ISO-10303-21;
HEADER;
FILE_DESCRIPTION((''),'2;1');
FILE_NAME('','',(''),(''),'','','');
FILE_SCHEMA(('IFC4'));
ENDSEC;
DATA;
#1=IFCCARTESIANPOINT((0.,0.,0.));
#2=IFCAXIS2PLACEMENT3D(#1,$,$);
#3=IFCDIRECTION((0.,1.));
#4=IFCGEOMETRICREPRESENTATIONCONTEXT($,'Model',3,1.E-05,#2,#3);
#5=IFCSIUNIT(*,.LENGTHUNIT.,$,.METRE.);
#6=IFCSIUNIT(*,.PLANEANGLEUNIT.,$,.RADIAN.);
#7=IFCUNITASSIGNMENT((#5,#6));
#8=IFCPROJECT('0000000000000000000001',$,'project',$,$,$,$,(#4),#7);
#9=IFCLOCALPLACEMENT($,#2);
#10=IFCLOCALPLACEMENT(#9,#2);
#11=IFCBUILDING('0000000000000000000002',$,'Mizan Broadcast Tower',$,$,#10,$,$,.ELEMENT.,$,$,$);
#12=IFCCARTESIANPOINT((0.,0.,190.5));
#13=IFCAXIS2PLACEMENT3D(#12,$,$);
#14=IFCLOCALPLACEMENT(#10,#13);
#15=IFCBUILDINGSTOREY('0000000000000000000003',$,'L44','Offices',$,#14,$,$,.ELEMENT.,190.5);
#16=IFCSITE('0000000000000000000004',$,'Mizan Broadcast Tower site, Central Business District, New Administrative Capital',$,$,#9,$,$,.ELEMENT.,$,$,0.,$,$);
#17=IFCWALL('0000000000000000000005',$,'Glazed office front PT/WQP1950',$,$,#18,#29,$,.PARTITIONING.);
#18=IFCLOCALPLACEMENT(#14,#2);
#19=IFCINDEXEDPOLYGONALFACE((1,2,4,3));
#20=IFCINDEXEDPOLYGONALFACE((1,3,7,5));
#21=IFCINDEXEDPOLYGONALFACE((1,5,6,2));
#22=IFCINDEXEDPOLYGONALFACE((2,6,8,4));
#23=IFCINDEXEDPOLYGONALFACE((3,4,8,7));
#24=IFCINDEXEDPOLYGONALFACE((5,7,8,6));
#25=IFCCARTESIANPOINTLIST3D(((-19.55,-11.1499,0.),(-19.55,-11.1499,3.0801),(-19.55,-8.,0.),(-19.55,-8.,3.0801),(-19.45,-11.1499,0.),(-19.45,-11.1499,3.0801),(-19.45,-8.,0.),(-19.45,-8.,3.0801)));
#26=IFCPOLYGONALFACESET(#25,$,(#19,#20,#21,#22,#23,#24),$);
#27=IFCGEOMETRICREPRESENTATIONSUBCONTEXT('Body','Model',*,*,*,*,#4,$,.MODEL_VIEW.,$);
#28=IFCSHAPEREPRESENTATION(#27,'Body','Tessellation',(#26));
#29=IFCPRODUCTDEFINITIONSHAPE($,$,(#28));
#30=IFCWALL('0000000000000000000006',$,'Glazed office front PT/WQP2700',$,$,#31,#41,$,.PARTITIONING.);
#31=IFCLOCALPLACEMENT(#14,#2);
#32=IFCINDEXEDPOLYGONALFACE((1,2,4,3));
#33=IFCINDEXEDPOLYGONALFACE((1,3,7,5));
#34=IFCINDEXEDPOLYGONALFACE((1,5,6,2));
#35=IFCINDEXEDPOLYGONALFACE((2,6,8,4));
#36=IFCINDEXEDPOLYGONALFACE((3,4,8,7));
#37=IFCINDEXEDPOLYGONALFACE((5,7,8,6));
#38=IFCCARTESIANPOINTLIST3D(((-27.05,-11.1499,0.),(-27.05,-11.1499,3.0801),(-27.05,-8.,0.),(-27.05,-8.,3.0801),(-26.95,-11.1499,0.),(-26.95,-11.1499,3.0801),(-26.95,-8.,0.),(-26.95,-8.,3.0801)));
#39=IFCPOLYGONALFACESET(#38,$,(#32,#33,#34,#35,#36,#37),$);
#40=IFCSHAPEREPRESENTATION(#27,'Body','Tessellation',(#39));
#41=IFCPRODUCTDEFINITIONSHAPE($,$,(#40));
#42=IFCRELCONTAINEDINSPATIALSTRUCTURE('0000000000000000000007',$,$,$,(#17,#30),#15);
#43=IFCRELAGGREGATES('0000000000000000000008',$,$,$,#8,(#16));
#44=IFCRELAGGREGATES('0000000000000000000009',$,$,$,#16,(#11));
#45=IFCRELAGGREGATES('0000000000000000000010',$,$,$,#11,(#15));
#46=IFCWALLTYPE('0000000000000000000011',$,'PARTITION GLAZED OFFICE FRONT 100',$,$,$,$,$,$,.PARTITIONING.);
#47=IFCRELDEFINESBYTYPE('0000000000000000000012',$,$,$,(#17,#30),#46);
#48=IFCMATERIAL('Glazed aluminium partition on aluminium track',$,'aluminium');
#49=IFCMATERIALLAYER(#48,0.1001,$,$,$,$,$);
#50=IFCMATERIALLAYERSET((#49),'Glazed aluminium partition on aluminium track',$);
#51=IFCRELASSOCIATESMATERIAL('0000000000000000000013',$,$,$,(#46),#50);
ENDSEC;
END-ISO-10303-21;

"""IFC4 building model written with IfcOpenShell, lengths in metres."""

from ifc_helpers import new_model, si_unit, direction, frame, frame_2d, origin, place, context, subcontext, project, spatial, rectangle, extrude, material, layer, layer_set, type_object, element, save


model = new_model("IFC4")

# Units and contexts
model_context = context("Model", 3, precision=1e-05, world=origin(), true_north=direction((0.0, 1.0)))
body_context = subcontext(model_context, "Body", "Model", "MODEL_VIEW")
ifc_project = project(units=[si_unit("LENGTHUNIT", "METRE"), si_unit("PLANEANGLEUNIT", "RADIAN")], contexts=[model_context])

# Site, building, storey
site_placement = place(None, origin())
site = spatial("IfcSite", under=ifc_project, at=site_placement, Name="Mizan Broadcast Tower site, Central Business District, New Administrative Capital", CompositionType="ELEMENT", RefElevation=0.0)
building_placement = place(site_placement, origin())
building = spatial("IfcBuilding", under=site, at=building_placement, Name="Mizan Broadcast Tower", CompositionType="ELEMENT")
storey_placement = place(building_placement, frame((0.0, 0.0, 190.5)))
storey = spatial("IfcBuildingStorey", under=building, at=storey_placement, Name="L44", Description="Offices", CompositionType="ELEMENT", Elevation=190.5)

# Shared definitions
ifc_material_1 = material(Name="Glazed aluminium partition on aluminium track", Category="aluminium")
ifc_layer_1 = layer(ifc_material_1, 0.1001)
ifc_layer_set_1 = layer_set([ifc_layer_1], Name="Glazed aluminium partition on aluminium track")
wall_type_1 = type_object("IfcWallType", Name="PARTITION GLAZED OFFICE FRONT 100", PredefinedType="PARTITIONING", material=ifc_layer_set_1)

# Walls
for number, where, z_axis, x_axis, name in (
    (1, (-19.5, -8.0, 0.0), (0.0, 0.0, 1.0), (0.0, -1.0, 0.0), "Glazed office front PT/WQP1950"),
    (2, (-27.0, -8.0, 0.0), (0.0, 0.0, 1.0), (0.0, -1.0, 0.0), "Glazed office front PT/WQP2700"),
):
    element("IfcWall", number, at=place(storey_placement, frame(where, z_axis=z_axis, x_axis=x_axis)), inside=storey, type_object=wall_type_1, Name=name, PredefinedType="PARTITIONING", context=body_context, shape_type="SweptSolid", body=[
        extrude(rectangle(XDim=3.1499, YDim=0.1001, at=frame_2d((1.575, 0.0))), origin(), (0.0, 0.0, 1.0), 3.0801),
    ])

save(model, "model.ifc")
